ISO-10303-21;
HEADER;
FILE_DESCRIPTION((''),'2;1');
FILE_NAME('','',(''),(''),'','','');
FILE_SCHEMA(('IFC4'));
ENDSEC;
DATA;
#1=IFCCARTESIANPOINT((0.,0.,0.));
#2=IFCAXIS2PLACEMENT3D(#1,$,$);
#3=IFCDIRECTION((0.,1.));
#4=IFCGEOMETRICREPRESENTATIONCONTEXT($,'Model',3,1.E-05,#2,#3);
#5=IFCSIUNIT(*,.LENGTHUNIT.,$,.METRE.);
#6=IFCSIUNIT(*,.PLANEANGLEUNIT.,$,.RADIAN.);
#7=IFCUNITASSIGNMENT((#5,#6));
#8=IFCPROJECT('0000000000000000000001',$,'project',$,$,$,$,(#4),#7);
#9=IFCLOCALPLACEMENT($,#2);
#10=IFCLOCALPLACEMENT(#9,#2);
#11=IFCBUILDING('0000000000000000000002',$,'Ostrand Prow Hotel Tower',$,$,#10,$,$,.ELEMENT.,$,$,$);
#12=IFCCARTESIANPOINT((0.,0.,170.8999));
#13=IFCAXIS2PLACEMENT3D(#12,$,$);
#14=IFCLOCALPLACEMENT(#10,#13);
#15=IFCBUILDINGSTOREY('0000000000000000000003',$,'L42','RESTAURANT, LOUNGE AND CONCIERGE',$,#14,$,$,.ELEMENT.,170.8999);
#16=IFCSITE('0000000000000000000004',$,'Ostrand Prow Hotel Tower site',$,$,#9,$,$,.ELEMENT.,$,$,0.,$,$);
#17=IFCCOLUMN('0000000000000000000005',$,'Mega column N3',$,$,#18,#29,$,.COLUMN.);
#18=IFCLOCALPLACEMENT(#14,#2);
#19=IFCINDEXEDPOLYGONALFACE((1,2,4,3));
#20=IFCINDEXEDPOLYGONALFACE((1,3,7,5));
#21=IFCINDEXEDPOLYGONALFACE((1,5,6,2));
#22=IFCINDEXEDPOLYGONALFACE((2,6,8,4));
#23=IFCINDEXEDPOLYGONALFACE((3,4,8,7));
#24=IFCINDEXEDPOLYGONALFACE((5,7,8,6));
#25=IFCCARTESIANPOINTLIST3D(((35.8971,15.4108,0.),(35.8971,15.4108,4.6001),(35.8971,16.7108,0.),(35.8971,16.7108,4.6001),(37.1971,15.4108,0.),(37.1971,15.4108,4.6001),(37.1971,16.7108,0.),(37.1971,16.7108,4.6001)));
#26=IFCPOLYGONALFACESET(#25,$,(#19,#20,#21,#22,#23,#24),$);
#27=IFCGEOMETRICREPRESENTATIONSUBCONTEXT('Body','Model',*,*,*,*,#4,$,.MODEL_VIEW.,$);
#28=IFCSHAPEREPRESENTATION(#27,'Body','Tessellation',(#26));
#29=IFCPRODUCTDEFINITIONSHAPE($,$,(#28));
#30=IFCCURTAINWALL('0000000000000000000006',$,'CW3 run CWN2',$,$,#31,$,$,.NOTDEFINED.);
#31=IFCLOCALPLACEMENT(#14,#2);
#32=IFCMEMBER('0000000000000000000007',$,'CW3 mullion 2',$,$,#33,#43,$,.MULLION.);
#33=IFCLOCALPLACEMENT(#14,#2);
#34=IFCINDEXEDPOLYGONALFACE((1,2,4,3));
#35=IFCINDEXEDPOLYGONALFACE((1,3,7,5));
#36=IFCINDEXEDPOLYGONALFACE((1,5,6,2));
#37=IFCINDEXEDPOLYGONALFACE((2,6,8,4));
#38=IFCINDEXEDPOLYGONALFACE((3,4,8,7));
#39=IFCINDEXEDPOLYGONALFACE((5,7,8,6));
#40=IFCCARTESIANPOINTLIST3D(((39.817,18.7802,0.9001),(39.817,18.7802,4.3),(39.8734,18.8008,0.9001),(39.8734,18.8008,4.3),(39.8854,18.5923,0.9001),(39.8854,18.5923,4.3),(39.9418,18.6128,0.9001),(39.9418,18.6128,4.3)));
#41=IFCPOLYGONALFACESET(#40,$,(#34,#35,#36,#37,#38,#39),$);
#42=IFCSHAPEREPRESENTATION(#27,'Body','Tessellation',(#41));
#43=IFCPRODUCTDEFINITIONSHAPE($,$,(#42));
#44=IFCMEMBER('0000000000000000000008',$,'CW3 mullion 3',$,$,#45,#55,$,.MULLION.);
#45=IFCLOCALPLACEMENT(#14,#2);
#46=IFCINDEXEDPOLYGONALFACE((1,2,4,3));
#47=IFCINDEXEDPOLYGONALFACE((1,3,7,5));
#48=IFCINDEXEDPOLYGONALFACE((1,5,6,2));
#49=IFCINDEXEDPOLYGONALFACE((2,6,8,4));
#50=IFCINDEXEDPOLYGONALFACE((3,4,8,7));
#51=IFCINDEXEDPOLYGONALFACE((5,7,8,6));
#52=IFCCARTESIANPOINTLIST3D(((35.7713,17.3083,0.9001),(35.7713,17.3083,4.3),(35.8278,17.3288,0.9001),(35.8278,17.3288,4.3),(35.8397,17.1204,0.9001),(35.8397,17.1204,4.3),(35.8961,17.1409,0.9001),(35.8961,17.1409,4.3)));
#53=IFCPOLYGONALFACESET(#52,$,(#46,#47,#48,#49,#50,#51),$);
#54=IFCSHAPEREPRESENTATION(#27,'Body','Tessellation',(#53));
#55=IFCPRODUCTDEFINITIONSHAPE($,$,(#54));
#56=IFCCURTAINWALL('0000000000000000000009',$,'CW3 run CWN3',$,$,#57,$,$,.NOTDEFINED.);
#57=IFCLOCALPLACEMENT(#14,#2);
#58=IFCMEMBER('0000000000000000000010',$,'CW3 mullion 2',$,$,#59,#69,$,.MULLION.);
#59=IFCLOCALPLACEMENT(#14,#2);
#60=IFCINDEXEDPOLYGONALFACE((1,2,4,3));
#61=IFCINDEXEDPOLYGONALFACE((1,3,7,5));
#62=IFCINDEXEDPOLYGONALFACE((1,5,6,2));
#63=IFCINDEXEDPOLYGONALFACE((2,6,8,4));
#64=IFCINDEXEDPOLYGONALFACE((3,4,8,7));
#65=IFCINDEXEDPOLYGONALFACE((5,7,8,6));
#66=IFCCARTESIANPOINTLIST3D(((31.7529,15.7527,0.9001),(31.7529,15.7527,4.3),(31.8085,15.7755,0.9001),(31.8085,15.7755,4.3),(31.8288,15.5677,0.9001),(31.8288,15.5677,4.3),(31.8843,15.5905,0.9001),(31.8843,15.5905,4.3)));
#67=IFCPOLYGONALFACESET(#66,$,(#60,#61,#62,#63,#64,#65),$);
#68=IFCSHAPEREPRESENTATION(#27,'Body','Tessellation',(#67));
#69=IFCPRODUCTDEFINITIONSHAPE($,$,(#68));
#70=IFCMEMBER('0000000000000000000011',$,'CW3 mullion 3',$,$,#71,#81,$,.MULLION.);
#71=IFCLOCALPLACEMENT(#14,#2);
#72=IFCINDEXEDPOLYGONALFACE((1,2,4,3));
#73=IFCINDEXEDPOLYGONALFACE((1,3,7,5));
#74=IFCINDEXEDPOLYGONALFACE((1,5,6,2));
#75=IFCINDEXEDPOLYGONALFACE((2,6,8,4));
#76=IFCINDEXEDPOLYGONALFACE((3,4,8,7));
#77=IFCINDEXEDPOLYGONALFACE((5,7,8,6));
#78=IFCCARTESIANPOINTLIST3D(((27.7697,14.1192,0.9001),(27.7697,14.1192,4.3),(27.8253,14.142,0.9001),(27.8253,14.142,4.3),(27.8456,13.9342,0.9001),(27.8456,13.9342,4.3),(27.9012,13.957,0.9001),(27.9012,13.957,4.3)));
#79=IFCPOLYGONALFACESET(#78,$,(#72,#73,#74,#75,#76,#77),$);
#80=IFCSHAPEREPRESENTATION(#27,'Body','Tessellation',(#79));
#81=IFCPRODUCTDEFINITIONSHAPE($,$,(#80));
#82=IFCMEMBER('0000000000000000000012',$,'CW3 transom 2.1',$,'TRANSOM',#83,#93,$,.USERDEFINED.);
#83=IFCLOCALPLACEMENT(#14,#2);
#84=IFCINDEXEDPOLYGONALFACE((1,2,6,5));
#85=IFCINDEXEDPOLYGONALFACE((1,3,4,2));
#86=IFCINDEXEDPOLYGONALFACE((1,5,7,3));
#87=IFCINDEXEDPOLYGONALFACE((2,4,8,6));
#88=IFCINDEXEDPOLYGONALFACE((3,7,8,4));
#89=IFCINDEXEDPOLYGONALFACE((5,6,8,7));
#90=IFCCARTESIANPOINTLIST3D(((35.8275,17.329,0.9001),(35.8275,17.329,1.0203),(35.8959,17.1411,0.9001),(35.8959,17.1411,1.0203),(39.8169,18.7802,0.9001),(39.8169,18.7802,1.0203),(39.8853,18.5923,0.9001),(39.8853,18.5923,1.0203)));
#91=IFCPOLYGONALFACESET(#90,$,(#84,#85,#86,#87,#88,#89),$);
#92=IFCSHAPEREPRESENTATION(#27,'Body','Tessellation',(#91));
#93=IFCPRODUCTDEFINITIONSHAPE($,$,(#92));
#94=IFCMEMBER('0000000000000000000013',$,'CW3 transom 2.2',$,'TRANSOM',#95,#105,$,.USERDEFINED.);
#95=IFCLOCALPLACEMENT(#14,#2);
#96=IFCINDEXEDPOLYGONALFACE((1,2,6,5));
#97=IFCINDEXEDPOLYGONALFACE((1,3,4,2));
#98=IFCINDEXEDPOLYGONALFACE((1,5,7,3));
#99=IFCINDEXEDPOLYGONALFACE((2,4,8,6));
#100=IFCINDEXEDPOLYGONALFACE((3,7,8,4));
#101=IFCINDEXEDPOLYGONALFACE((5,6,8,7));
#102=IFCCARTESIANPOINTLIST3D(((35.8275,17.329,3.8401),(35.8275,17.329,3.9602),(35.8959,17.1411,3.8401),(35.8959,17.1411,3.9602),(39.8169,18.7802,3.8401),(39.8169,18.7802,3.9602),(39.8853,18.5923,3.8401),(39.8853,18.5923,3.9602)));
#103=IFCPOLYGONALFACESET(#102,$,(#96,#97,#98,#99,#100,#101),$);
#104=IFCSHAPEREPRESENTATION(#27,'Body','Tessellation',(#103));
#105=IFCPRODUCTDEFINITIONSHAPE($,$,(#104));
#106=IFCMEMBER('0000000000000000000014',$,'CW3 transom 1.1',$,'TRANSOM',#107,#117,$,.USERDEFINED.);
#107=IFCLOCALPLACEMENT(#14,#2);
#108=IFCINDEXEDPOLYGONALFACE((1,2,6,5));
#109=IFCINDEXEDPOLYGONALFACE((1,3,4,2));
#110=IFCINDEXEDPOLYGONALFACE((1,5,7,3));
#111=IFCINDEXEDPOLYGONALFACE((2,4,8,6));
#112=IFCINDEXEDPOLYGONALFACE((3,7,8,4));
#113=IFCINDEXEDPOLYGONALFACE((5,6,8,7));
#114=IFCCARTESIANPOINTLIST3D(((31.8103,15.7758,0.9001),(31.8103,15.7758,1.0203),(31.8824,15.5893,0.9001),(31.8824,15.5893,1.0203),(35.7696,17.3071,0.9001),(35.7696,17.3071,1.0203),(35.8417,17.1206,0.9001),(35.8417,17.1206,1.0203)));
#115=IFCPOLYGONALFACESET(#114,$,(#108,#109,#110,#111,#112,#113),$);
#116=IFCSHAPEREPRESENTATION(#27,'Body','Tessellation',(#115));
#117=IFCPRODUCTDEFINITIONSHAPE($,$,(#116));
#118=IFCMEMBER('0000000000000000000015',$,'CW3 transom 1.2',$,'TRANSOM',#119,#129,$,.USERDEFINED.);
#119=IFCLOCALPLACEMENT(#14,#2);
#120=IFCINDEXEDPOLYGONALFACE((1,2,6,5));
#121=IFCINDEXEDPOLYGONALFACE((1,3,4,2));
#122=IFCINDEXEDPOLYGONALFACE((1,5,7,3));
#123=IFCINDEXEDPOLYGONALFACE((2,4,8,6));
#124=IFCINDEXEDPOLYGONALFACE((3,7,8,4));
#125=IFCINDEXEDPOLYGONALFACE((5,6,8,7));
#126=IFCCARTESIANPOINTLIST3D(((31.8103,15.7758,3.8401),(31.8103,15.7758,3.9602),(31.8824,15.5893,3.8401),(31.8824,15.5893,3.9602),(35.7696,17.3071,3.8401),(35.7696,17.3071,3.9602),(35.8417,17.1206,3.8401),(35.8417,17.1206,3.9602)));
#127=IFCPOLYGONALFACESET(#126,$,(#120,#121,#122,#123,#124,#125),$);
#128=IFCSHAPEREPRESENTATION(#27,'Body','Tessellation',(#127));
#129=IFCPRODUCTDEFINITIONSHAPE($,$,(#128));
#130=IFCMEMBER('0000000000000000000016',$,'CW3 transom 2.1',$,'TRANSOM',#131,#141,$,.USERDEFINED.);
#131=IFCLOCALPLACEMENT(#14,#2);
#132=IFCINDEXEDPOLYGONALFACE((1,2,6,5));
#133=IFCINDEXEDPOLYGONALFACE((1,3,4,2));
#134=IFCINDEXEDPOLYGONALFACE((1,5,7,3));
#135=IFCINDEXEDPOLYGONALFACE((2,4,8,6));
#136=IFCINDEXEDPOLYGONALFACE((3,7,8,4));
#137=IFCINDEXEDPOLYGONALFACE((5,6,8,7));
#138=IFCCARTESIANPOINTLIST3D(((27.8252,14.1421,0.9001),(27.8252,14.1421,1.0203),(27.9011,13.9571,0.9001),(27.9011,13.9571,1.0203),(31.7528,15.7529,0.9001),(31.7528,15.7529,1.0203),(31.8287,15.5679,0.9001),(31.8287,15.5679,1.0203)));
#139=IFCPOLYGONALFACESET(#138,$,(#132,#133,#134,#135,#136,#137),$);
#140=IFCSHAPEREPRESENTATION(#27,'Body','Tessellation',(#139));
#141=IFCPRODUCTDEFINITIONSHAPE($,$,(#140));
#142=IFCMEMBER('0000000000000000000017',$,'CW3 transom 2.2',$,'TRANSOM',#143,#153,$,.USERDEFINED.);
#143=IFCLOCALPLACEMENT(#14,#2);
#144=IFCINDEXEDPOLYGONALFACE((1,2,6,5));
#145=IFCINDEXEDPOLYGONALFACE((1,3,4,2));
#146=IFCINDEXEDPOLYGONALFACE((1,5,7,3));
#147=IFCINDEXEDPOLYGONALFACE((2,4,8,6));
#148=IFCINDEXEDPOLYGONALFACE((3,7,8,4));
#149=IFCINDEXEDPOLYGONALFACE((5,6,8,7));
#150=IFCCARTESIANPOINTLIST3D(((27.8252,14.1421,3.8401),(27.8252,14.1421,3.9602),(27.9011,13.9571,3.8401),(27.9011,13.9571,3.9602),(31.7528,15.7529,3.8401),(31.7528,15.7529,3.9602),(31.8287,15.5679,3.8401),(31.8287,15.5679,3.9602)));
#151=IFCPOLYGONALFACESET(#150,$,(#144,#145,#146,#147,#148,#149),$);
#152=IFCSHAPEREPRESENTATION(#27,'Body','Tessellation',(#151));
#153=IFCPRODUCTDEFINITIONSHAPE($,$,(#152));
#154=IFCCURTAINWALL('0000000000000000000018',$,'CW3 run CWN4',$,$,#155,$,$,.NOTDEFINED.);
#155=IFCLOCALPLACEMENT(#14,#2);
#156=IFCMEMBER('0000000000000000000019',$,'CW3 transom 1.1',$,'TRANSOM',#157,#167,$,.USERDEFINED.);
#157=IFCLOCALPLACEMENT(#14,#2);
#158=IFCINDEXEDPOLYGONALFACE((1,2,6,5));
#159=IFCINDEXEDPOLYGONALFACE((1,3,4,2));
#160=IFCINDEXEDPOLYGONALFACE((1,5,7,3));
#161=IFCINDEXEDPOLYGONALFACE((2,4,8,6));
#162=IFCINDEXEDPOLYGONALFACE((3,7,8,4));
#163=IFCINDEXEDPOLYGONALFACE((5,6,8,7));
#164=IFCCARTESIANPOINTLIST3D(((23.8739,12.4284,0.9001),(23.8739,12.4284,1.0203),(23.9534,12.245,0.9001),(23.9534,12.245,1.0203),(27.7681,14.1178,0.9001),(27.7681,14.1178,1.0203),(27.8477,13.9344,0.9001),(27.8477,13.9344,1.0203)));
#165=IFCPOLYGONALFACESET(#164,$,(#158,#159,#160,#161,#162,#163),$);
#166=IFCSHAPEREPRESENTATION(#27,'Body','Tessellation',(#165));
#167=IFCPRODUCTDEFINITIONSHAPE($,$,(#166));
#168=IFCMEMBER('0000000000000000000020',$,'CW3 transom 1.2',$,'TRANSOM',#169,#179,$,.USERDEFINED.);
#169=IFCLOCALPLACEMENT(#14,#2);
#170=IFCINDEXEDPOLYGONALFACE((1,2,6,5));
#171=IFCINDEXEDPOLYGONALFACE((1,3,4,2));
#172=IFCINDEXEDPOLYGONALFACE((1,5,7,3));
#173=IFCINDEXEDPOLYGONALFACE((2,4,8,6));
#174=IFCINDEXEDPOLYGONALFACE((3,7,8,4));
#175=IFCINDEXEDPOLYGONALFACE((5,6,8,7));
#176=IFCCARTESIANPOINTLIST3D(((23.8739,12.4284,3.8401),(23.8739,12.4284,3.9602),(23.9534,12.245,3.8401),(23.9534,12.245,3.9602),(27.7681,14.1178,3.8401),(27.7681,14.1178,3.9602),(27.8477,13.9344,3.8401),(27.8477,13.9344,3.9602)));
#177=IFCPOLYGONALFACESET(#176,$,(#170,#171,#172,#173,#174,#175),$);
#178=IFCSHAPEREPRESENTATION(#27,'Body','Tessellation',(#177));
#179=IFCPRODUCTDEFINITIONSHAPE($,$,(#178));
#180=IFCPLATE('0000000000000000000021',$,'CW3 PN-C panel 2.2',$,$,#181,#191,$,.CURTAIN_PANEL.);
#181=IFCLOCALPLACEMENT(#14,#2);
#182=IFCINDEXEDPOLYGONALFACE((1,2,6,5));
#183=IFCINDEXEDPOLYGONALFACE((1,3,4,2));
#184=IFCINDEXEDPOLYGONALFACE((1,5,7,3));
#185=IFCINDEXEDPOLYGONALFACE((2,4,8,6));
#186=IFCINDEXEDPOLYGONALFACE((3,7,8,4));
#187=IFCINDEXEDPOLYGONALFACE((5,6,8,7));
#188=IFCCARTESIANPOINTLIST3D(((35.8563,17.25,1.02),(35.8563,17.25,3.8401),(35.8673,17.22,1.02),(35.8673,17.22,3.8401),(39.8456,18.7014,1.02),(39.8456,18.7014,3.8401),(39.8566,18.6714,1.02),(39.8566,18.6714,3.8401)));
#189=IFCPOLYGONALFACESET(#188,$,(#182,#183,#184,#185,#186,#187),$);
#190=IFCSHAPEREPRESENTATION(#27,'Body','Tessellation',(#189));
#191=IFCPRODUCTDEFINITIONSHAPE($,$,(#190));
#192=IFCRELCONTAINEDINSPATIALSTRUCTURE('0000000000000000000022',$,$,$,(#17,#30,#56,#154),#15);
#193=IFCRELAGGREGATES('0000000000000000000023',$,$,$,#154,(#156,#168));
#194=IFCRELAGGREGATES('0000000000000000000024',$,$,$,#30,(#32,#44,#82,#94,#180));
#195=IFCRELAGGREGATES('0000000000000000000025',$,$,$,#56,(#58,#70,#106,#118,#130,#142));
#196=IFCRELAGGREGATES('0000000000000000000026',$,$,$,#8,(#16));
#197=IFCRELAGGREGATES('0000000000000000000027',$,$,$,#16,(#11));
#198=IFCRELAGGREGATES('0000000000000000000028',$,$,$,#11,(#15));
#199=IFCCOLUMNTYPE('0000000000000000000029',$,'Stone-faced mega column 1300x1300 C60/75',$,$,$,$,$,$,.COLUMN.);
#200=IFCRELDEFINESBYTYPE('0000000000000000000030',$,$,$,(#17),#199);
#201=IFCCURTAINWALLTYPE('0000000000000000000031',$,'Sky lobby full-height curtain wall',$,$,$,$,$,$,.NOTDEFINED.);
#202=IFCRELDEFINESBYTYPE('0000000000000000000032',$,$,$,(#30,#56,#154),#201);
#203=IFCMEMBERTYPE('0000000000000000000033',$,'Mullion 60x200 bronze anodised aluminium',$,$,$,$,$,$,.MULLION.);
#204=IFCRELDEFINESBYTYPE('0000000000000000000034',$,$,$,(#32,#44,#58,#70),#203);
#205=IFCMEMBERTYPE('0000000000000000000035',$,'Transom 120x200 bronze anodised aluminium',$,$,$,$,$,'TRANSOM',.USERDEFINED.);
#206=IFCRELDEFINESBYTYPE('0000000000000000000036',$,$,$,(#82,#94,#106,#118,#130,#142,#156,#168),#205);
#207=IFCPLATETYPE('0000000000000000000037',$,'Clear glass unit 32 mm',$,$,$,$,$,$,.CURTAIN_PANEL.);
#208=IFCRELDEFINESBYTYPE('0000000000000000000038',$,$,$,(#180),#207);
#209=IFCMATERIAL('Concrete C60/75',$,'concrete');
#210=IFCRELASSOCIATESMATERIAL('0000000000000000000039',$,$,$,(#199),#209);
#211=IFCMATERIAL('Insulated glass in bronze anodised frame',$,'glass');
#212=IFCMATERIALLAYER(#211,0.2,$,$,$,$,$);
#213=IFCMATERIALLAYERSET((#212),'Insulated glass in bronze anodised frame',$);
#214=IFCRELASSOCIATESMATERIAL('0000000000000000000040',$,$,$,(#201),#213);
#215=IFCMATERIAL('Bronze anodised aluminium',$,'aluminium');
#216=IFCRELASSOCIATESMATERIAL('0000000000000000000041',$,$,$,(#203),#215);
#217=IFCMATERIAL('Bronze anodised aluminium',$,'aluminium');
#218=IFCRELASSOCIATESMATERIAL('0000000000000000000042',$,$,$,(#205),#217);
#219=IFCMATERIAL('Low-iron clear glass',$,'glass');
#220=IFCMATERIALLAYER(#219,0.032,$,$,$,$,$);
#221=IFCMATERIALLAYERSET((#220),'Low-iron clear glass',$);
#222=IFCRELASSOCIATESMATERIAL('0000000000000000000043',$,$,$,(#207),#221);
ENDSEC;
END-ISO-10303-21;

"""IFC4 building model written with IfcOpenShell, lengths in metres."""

from ifc_helpers import new_model, si_unit, direction, frame, origin, origin_2d, place, context, subcontext, project, spatial, rectangle, extrude, material, layer, layer_set, material_profile, profile_set, type_object, element, aggregate, save


model = new_model("IFC4")

# Units and contexts
model_context = context("Model", 3, precision=1e-05, world=origin(), true_north=direction((0.0, 1.0)))
body_context = subcontext(model_context, "Body", "Model", "MODEL_VIEW")
ifc_project = project(units=[si_unit("LENGTHUNIT", "METRE"), si_unit("PLANEANGLEUNIT", "RADIAN")], contexts=[model_context])

# Site, building, storey
site_placement = place(None, origin())
site = spatial("IfcSite", under=ifc_project, at=site_placement, Name="Ostrand Prow Hotel Tower site", CompositionType="ELEMENT", RefElevation=0.0)
building_placement = place(site_placement, origin())
building = spatial("IfcBuilding", under=site, at=building_placement, Name="Ostrand Prow Hotel Tower", CompositionType="ELEMENT")
storey_placement = place(building_placement, frame((0.0, 0.0, 170.8999)))
storey = spatial("IfcBuildingStorey", under=building, at=storey_placement, Name="L42", Description="RESTAURANT, LOUNGE AND CONCIERGE", CompositionType="ELEMENT", Elevation=170.8999)

# Column
ifc_material_1 = material(Name="Concrete C60/75", Category="concrete")
ifc_material_profile_1 = material_profile(ifc_material_1, rectangle(XDim=1.3, YDim=1.3, at=origin_2d()), Name="RC 1300x1300")
ifc_profile_set_1 = profile_set([ifc_material_profile_1], Name="Concrete C60/75")
column_type = type_object("IfcColumnType", Name="Stone-faced mega column 1300x1300 C60/75", PredefinedType="COLUMN", material=ifc_profile_set_1)
column_placement = place(storey_placement, frame((36.5471, 16.0608, 0.0), z_axis=(0.0, 0.0, 1.0), x_axis=(1.0, 0.0, 0.0)))
element("IfcColumn", 1, at=column_placement, inside=storey, type_object=column_type, Name="Mega column N3", PredefinedType="COLUMN", context=body_context, shape_type="SweptSolid", body=[
    extrude(rectangle(XDim=1.3, YDim=1.3, at=origin_2d()), origin(), (0.0, 0.0, 1.0), 4.6001),
])

# Curtain walls, members
ifc_material_2 = material(Name="Insulated glass in bronze anodised frame", Category="glass")
ifc_layer_1 = layer(ifc_material_2, 0.2)
ifc_layer_set_1 = layer_set([ifc_layer_1], Name="Insulated glass in bronze anodised frame")
curtain_wall_type = type_object("IfcCurtainWallType", Name="Sky lobby full-height curtain wall", PredefinedType="NOTDEFINED", material=ifc_layer_set_1)
curtain_wall_1_placement = place(storey_placement, origin())
curtain_wall_1 = element("IfcCurtainWall", 2, at=curtain_wall_1_placement, inside=storey, type_object=curtain_wall_type, Name="CW3 run CWN2", PredefinedType="NOTDEFINED")
ifc_material_3 = material(Name="Bronze anodised aluminium", Category="aluminium")
ifc_material_profile_2 = material_profile(ifc_material_3, rectangle(XDim=0.2, YDim=0.0601, at=origin_2d()), Name="Mullion 60x200 bronze anodised aluminium")
ifc_profile_set_2 = profile_set([ifc_material_profile_2], Name="Bronze anodised aluminium")
member_type_1 = type_object("IfcMemberType", Name="Mullion 60x200 bronze anodised aluminium", PredefinedType="MULLION", material=ifc_profile_set_2)
member_1_placement = place(storey_placement, frame((39.8794, 18.6965, 0.9001), z_axis=(0.0, 0.0, 1.0), x_axis=(0.341897, -0.939737, 0.0)))
member_1 = element("IfcMember", 3, at=member_1_placement, type_object=member_type_1, Name="CW3 mullion 2", PredefinedType="MULLION", context=body_context, shape_type="SweptSolid", body=[
    extrude(rectangle(XDim=0.2, YDim=0.0601, at=origin_2d()), origin(), (0.0, 0.0, 1.0), 3.3999),
])
member_2_placement = place(storey_placement, frame((35.8337, 17.2246, 0.9001), z_axis=(0.0, 0.0, 1.0), x_axis=(0.341897, -0.939737, 0.0)))
member_2 = element("IfcMember", 4, at=member_2_placement, type_object=member_type_1, Name="CW3 mullion 3", PredefinedType="MULLION", context=body_context, shape_type="SweptSolid", body=[
    extrude(rectangle(XDim=0.2, YDim=0.0601, at=origin_2d()), origin(), (0.0, 0.0, 1.0), 3.3999),
])
curtain_wall_2_placement = place(storey_placement, origin())
curtain_wall_2 = element("IfcCurtainWall", 5, at=curtain_wall_2_placement, inside=storey, type_object=curtain_wall_type, Name="CW3 run CWN3", PredefinedType="NOTDEFINED")
member_3_placement = place(storey_placement, frame((31.8186, 15.6716, 0.9001), z_axis=(0.0, 0.0, 1.0), x_axis=(0.379453, -0.925211, 0.0)))
member_3 = element("IfcMember", 6, at=member_3_placement, type_object=member_type_1, Name="CW3 mullion 2", PredefinedType="MULLION", context=body_context, shape_type="SweptSolid", body=[
    extrude(rectangle(XDim=0.2, YDim=0.0601, at=origin_2d()), origin(), (0.0, 0.0, 1.0), 3.3999),
])
member_4_placement = place(storey_placement, frame((27.8354, 14.0381, 0.9001), z_axis=(0.0, 0.0, 1.0), x_axis=(0.379453, -0.925211, 0.0)))
member_4 = element("IfcMember", 7, at=member_4_placement, type_object=member_type_1, Name="CW3 mullion 3", PredefinedType="MULLION", context=body_context, shape_type="SweptSolid", body=[
    extrude(rectangle(XDim=0.2, YDim=0.0601, at=origin_2d()), origin(), (0.0, 0.0, 1.0), 3.3999),
])

# Members
ifc_material_4 = material(Name="Bronze anodised aluminium", Category="aluminium")
ifc_material_profile_3 = material_profile(ifc_material_4, rectangle(XDim=0.2, YDim=0.1201, at=origin_2d()), Name="Transom 120x200 bronze anodised aluminium")
ifc_profile_set_3 = profile_set([ifc_material_profile_3], Name="Bronze anodised aluminium")
member_type_2 = type_object("IfcMemberType", Name="Transom 120x200 bronze anodised aluminium", ElementType="TRANSOM", PredefinedType="USERDEFINED", material=ifc_profile_set_3)
member_5_placement = place(storey_placement, frame((39.8511, 18.6863, 0.9602), z_axis=(-0.939753, -0.341854, 0.0), x_axis=(0.341854, -0.939753, 0.0)))
member_5 = element("IfcMember", 8, at=member_5_placement, type_object=member_type_2, Name="CW3 transom 2.1", ObjectType="TRANSOM", PredefinedType="USERDEFINED", context=body_context, shape_type="SweptSolid", body=[
    extrude(rectangle(XDim=0.2, YDim=0.1201, at=origin_2d()), origin(), (0.0, 0.0, 1.0), 4.2451),
])
member_6_placement = place(storey_placement, frame((39.8511, 18.6863, 3.9001), z_axis=(-0.939753, -0.341854, 0.0), x_axis=(0.341854, -0.939753, 0.0)))
member_6 = element("IfcMember", 9, at=member_6_placement, type_object=member_type_2, Name="CW3 transom 2.2", ObjectType="TRANSOM", PredefinedType="USERDEFINED", context=body_context, shape_type="SweptSolid", body=[
    extrude(rectangle(XDim=0.2, YDim=0.1201, at=origin_2d()), origin(), (0.0, 0.0, 1.0), 4.2451),
])
member_7_placement = place(storey_placement, frame((35.8057, 17.2139, 0.9602), z_axis=(-0.932675, -0.360717, 0.0), x_axis=(0.360717, -0.932675, 0.0)))
member_7 = element("IfcMember", 10, at=member_7_placement, type_object=member_type_2, Name="CW3 transom 1.1", ObjectType="TRANSOM", PredefinedType="USERDEFINED", context=body_context, shape_type="SweptSolid", body=[
    extrude(rectangle(XDim=0.2, YDim=0.1201, at=origin_2d()), origin(), (0.0, 0.0, 1.0), 4.2451),
])
member_8_placement = place(storey_placement, frame((35.8057, 17.2139, 3.9001), z_axis=(-0.932675, -0.360717, 0.0), x_axis=(0.360717, -0.932675, 0.0)))
member_8 = element("IfcMember", 11, at=member_8_placement, type_object=member_type_2, Name="CW3 transom 1.2", ObjectType="TRANSOM", PredefinedType="USERDEFINED", context=body_context, shape_type="SweptSolid", body=[
    extrude(rectangle(XDim=0.2, YDim=0.1201, at=origin_2d()), origin(), (0.0, 0.0, 1.0), 4.2451),
])
member_9_placement = place(storey_placement, frame((31.7908, 15.6604, 0.9602), z_axis=(-0.925213, -0.379448, 0.0), x_axis=(0.379448, -0.925213, 0.0)))
member_9 = element("IfcMember", 12, at=member_9_placement, type_object=member_type_2, Name="CW3 transom 2.1", ObjectType="TRANSOM", PredefinedType="USERDEFINED", context=body_context, shape_type="SweptSolid", body=[
    extrude(rectangle(XDim=0.2, YDim=0.1201, at=origin_2d()), origin(), (0.0, 0.0, 1.0), 4.2451),
])
member_10_placement = place(storey_placement, frame((31.7908, 15.6604, 3.9001), z_axis=(-0.925213, -0.379448, 0.0), x_axis=(0.379448, -0.925213, 0.0)))
member_10 = element("IfcMember", 13, at=member_10_placement, type_object=member_type_2, Name="CW3 transom 2.2", ObjectType="TRANSOM", PredefinedType="USERDEFINED", context=body_context, shape_type="SweptSolid", body=[
    extrude(rectangle(XDim=0.2, YDim=0.1201, at=origin_2d()), origin(), (0.0, 0.0, 1.0), 4.2451),
])

# Curtain wall, members
curtain_wall_3_placement = place(storey_placement, origin())
curtain_wall_3 = element("IfcCurtainWall", 14, at=curtain_wall_3_placement, inside=storey, type_object=curtain_wall_type, Name="CW3 run CWN4", PredefinedType="NOTDEFINED")
member_11_placement = place(storey_placement, frame((27.8079, 14.0261, 0.9602), z_axis=(-0.91739, -0.39799, 0.0), x_axis=(0.39799, -0.91739, 0.0)))
member_11 = element("IfcMember", 15, at=member_11_placement, type_object=member_type_2, Name="CW3 transom 1.1", ObjectType="TRANSOM", PredefinedType="USERDEFINED", context=body_context, shape_type="SweptSolid", body=[
    extrude(rectangle(XDim=0.2, YDim=0.1201, at=origin_2d()), origin(), (0.0, 0.0, 1.0), 4.2449),
])
member_12_placement = place(storey_placement, frame((27.8079, 14.0261, 3.9001), z_axis=(-0.91739, -0.39799, 0.0), x_axis=(0.39799, -0.91739, 0.0)))
member_12 = element("IfcMember", 16, at=member_12_placement, type_object=member_type_2, Name="CW3 transom 1.2", ObjectType="TRANSOM", PredefinedType="USERDEFINED", context=body_context, shape_type="SweptSolid", body=[
    extrude(rectangle(XDim=0.2, YDim=0.1201, at=origin_2d()), origin(), (0.0, 0.0, 1.0), 4.2449),
])
aggregate(curtain_wall_3, [member_11, member_12])

# Plate
ifc_material_5 = material(Name="Low-iron clear glass", Category="glass")
ifc_layer_2 = layer(ifc_material_5, 0.032)
ifc_layer_set_2 = layer_set([ifc_layer_2], Name="Low-iron clear glass")
plate_type_1 = type_object("IfcPlateType", Name="Clear glass unit 32 mm", PredefinedType="CURTAIN_PANEL", material=ifc_layer_set_2)
plate_1_placement = place(storey_placement, frame((37.8564, 17.9607, 1.02), z_axis=(0.0, 0.0, 1.0), x_axis=(-0.939737, -0.341897, 0.0)))
plate_1 = element("IfcPlate", 17, at=plate_1_placement, type_object=plate_type_1, Name="CW3 PN-C panel 2.2", PredefinedType="CURTAIN_PANEL", context=body_context, shape_type="SweptSolid", body=[
    extrude(rectangle(XDim=4.2451, YDim=0.032, at=origin_2d()), origin(), (0.0, 0.0, 1.0), 2.8201),
])
aggregate(curtain_wall_1, [member_1, member_2, member_5, member_6, plate_1])
aggregate(curtain_wall_2, [member_3, member_4, member_7, member_8, member_9, member_10])

save(model, "model.ifc")
